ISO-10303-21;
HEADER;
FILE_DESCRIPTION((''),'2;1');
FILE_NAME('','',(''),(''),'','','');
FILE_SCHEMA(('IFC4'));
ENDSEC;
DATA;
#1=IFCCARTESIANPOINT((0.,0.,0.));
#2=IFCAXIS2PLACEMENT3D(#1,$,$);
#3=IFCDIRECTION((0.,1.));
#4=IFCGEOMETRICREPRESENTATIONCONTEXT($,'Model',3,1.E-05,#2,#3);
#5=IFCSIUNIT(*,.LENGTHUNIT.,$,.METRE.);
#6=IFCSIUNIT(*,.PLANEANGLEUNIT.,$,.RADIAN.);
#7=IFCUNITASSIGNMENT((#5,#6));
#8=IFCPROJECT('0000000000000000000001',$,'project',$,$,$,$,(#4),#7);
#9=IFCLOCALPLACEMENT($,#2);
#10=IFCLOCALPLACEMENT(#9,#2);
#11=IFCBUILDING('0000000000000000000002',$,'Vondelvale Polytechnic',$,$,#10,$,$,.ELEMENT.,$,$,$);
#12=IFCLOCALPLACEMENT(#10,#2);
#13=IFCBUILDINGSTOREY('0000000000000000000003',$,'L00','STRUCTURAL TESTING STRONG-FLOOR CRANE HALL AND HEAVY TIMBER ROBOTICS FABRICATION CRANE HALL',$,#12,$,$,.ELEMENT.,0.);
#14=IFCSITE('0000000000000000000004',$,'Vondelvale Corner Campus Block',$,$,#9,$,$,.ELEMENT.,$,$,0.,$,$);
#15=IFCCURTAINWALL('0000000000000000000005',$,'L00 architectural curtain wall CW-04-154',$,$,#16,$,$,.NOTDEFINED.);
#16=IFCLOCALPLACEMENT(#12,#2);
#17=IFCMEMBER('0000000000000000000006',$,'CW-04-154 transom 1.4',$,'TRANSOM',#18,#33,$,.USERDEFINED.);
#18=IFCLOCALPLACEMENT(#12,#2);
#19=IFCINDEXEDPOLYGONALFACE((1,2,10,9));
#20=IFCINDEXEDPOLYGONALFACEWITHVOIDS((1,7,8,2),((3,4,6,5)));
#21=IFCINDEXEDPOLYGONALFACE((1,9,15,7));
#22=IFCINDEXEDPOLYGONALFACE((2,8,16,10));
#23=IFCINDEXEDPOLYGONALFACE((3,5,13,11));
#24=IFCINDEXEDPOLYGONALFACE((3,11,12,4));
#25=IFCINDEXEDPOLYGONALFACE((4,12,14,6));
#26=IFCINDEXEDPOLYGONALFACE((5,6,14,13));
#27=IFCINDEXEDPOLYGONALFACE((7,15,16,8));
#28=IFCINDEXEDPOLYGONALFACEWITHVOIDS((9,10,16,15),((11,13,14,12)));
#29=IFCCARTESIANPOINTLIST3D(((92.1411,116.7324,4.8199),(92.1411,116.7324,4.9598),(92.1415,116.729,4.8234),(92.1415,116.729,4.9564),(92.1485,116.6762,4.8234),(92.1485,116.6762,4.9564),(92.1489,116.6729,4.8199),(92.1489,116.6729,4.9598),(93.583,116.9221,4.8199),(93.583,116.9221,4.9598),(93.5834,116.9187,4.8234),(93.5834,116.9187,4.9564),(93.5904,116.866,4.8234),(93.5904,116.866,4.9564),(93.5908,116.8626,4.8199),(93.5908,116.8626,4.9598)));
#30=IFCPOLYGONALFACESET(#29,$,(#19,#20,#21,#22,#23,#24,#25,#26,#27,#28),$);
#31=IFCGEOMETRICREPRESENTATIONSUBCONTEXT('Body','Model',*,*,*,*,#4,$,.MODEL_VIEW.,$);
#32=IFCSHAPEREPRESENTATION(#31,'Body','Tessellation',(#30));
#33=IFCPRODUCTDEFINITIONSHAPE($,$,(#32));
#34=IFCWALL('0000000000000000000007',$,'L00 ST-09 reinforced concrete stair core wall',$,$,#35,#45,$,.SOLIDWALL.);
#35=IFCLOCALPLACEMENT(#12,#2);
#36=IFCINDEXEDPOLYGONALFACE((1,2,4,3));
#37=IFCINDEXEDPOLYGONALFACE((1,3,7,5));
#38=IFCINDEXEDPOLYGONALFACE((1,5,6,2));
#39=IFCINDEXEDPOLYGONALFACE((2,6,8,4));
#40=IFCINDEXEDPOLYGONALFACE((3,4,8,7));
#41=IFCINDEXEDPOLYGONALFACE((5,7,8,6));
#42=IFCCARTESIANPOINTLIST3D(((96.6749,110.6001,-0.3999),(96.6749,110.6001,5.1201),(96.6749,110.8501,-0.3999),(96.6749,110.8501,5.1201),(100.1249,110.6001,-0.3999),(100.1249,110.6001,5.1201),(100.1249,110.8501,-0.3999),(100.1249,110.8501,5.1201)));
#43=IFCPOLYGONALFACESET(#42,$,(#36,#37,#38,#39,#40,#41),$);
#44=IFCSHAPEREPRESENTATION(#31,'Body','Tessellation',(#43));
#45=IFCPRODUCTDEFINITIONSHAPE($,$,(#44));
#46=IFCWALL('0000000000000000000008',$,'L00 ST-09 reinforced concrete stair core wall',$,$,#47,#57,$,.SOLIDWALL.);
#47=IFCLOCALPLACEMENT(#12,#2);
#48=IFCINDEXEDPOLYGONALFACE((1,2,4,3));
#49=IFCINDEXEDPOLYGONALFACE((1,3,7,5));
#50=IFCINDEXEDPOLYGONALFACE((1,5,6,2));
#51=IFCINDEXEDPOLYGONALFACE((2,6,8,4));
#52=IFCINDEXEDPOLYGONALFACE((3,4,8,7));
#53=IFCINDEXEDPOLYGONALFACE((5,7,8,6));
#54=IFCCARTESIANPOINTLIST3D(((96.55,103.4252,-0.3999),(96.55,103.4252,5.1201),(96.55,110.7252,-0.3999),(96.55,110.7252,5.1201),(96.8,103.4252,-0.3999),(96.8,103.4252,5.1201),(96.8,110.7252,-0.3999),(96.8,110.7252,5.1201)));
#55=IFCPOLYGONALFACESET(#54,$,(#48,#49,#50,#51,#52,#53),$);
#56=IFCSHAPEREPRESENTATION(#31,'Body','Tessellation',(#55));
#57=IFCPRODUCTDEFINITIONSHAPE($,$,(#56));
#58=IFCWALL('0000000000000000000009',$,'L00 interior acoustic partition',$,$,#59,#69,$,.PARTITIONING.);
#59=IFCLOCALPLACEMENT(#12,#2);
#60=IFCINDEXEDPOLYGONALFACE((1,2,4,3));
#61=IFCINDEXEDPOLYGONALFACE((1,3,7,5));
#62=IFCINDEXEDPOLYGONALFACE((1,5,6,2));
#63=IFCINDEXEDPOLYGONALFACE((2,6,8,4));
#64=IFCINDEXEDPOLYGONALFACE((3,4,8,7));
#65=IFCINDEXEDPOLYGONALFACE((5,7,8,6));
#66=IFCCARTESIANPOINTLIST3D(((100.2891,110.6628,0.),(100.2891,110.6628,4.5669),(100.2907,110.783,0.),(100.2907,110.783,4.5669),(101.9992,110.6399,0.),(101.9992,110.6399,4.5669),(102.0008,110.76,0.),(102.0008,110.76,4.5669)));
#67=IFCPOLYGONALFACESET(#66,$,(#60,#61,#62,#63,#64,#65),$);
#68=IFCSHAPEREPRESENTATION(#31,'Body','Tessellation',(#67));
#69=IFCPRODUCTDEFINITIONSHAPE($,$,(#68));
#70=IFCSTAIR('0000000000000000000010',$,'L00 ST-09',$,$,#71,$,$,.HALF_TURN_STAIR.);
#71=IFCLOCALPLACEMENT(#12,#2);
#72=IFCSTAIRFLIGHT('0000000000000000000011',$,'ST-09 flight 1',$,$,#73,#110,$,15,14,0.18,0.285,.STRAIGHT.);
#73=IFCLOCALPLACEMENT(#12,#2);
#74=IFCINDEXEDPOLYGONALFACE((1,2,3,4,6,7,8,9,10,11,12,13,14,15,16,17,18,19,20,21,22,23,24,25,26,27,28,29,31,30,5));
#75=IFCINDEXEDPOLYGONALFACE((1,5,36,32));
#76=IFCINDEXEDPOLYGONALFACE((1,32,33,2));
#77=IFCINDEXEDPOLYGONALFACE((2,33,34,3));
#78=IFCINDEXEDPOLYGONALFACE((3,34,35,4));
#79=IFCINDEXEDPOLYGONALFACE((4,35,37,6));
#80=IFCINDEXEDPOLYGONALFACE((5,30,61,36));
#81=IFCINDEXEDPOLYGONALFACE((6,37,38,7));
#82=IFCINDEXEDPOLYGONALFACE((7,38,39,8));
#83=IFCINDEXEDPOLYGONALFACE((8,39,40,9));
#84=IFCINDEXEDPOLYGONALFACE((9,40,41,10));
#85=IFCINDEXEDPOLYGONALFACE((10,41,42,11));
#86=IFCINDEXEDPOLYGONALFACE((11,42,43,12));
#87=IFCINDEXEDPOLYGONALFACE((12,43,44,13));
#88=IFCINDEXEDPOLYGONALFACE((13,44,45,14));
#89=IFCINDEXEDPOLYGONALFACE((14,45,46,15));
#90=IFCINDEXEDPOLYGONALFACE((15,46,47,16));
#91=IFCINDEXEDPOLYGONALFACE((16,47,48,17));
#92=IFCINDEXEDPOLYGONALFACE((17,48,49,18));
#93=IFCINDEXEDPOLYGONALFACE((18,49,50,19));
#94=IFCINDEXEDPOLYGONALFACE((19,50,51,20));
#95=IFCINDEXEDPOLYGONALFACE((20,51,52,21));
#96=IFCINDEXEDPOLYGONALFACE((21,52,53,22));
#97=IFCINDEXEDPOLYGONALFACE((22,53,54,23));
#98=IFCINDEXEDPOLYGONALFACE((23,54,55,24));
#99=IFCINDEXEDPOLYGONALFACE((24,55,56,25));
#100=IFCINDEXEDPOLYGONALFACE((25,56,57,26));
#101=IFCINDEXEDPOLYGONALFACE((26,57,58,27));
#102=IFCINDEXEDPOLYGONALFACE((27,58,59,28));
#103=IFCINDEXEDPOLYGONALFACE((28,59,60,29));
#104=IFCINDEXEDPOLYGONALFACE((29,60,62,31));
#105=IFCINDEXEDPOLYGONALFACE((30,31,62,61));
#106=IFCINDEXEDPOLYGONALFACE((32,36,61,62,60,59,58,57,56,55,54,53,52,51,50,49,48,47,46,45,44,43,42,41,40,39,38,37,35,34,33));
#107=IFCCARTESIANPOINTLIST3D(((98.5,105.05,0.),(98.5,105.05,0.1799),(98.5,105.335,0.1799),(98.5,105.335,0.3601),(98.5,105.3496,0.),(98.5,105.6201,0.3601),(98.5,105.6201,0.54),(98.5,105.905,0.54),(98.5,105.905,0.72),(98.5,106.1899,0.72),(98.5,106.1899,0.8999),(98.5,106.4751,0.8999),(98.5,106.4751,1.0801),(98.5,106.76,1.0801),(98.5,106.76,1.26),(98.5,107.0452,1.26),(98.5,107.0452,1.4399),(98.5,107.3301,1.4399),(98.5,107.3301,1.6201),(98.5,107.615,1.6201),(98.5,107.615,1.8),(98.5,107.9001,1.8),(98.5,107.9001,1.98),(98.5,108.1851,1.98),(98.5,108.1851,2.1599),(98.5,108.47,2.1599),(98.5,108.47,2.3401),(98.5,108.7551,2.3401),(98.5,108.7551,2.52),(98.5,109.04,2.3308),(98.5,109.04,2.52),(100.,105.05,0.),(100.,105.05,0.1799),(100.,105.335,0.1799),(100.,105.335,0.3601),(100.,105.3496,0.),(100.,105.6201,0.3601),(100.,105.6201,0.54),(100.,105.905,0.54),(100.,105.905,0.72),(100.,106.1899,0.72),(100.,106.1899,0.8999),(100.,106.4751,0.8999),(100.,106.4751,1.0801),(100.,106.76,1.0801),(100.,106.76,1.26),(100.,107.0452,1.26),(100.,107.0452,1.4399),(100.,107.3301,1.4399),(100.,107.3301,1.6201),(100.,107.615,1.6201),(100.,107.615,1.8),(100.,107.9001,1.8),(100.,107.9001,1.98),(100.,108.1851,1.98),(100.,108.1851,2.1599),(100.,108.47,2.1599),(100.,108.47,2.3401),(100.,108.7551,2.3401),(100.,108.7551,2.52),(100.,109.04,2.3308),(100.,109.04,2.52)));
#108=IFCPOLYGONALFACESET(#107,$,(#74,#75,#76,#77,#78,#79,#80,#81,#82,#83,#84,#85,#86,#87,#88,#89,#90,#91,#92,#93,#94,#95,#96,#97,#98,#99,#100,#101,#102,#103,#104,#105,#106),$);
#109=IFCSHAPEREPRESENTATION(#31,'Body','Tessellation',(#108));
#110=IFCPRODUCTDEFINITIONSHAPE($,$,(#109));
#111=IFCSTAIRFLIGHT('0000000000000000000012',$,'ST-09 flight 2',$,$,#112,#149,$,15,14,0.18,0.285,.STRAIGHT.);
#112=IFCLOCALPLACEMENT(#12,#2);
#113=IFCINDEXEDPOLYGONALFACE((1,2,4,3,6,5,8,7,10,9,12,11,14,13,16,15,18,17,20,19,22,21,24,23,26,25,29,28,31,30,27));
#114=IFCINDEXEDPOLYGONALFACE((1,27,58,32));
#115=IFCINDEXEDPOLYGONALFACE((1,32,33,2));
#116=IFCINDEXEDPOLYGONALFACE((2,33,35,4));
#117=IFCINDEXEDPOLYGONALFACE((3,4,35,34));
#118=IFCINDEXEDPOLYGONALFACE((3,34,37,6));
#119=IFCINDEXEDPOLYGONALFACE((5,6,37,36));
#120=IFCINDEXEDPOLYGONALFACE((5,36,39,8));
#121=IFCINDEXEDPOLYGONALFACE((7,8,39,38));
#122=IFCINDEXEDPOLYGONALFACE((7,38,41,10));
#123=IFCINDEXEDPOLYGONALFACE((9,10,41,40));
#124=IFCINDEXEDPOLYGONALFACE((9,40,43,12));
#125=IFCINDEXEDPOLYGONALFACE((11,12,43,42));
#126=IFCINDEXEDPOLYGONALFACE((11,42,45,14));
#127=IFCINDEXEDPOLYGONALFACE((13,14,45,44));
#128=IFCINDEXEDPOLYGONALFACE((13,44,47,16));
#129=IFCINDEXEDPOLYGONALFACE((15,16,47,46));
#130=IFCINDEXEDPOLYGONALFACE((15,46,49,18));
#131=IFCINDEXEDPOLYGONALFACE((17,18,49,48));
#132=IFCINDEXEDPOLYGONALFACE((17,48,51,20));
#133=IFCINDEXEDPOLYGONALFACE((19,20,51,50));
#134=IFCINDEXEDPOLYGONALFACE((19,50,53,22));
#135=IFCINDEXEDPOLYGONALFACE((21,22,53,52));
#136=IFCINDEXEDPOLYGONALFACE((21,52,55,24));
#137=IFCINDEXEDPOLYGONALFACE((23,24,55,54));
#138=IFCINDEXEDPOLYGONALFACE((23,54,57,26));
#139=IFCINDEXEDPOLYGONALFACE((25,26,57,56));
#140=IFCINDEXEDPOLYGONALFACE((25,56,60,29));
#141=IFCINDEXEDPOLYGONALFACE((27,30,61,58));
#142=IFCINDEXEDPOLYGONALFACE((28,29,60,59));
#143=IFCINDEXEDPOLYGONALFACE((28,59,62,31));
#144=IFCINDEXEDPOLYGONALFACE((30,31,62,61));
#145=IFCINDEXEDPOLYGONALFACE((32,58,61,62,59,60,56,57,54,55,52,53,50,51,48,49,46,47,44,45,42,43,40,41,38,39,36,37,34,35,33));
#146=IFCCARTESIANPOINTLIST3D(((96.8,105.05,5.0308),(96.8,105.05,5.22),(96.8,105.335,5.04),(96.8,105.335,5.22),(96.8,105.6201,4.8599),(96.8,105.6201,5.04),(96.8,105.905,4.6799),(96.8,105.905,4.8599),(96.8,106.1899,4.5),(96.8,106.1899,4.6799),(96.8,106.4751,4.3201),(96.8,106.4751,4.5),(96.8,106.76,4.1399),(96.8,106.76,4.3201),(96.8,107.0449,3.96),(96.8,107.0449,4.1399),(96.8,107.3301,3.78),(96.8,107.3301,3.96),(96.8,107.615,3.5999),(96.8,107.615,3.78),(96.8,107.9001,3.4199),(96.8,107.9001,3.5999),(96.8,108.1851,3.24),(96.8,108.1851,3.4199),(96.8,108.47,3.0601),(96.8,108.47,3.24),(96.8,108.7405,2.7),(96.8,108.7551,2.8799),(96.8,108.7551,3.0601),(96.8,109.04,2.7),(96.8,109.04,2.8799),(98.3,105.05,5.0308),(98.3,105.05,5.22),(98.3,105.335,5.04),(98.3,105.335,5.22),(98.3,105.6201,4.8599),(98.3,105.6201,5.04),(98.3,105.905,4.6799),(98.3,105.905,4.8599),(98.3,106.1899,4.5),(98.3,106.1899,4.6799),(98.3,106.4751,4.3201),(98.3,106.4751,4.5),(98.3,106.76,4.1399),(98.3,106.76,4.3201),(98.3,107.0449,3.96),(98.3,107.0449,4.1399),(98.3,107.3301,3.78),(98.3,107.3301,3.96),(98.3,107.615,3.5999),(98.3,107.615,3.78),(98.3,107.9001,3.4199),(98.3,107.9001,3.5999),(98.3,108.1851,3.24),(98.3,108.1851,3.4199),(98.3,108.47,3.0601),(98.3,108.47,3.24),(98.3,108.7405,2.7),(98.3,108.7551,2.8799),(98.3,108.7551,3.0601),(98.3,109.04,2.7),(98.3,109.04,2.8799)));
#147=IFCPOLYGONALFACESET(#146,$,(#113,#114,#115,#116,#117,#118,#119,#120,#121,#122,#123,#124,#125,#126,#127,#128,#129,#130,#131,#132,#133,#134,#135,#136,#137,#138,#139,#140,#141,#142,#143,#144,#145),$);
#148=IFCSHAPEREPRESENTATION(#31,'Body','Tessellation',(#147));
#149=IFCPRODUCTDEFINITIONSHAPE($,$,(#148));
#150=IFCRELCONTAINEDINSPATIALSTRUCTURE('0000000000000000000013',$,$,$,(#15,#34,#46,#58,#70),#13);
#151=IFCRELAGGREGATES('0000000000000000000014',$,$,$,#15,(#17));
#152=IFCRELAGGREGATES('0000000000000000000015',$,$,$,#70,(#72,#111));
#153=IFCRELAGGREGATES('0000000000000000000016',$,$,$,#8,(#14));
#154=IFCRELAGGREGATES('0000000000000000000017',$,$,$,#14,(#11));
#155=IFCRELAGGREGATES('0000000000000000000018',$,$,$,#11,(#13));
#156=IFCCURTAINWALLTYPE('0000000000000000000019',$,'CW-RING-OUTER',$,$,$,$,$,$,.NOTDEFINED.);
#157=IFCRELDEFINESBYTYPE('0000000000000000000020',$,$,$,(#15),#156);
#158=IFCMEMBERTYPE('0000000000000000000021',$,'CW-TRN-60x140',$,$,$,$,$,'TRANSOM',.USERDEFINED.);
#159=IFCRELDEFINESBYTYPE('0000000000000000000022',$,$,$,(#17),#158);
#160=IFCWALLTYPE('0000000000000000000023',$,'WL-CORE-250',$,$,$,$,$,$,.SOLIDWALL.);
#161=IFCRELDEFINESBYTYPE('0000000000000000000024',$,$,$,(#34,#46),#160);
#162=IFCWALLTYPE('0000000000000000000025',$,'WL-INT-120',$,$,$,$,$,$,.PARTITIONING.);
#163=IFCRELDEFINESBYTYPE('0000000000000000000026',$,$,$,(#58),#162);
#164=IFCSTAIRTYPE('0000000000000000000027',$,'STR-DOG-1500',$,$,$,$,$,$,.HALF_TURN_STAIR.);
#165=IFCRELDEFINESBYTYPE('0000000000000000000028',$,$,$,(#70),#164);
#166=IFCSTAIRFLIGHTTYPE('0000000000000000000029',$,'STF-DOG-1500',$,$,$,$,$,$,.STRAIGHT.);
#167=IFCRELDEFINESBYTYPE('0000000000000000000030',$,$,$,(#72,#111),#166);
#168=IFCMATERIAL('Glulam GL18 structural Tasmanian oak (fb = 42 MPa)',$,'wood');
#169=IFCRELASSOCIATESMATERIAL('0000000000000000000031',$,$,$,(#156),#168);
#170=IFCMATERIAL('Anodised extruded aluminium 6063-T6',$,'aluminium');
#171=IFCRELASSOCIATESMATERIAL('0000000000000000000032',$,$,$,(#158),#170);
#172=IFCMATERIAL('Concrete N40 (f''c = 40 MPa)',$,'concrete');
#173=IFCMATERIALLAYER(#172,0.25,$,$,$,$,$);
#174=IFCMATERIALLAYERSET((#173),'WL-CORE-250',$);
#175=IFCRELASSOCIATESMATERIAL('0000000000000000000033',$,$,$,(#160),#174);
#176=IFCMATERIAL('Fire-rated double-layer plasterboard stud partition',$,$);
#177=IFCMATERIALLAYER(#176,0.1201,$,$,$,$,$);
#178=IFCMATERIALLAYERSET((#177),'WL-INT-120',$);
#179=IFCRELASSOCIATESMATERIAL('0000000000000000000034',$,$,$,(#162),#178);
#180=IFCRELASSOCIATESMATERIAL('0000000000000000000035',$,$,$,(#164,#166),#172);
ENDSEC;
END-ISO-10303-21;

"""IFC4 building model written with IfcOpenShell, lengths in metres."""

from ifc_helpers import new_model, si_unit, direction, frame, frame_2d, origin, origin_2d, place, context, subcontext, project, spatial, polyline, rectangle, hollow_rectangle, outline, extrude, material, layer, layer_set, material_profile, profile_set, type_object, element, aggregate, save


model = new_model("IFC4")

# Units and contexts
model_context = context("Model", 3, precision=1e-05, world=origin(), true_north=direction((0.0, 1.0)))
body_context = subcontext(model_context, "Body", "Model", "MODEL_VIEW")
ifc_project = project(units=[si_unit("LENGTHUNIT", "METRE"), si_unit("PLANEANGLEUNIT", "RADIAN")], contexts=[model_context])

# Site, building, storey
site_placement = place(None, origin())
site = spatial("IfcSite", under=ifc_project, at=site_placement, Name="Vondelvale Corner Campus Block", CompositionType="ELEMENT", RefElevation=0.0)
building_placement = place(site_placement, origin())
building = spatial("IfcBuilding", under=site, at=building_placement, Name="Vondelvale Polytechnic", CompositionType="ELEMENT")
storey_placement = place(building_placement, origin())
storey = spatial("IfcBuildingStorey", under=building, at=storey_placement, Name="L00", Description="STRUCTURAL TESTING STRONG-FLOOR CRANE HALL AND HEAVY TIMBER ROBOTICS FABRICATION CRANE HALL", CompositionType="ELEMENT", Elevation=0.0)

# Shared definitions
ifc_material_1 = material(Name="Concrete N40 (f'c = 40 MPa)", Category="concrete")

# Shared definitions
ifc_material_2 = material(Name="Glulam GL18 structural Tasmanian oak (fb = 42 MPa)", Category="wood")

# Shared definitions
curtain_wall_type = type_object("IfcCurtainWallType", Name="CW-RING-OUTER", PredefinedType="NOTDEFINED", material=ifc_material_2)
ifc_material_3 = material(Name="Anodised extruded aluminium 6063-T6", Category="aluminium")

# Curtain wall, member
curtain_wall_1_placement = place(storey_placement, origin())
curtain_wall_1 = element("IfcCurtainWall", 1, at=curtain_wall_1_placement, inside=storey, type_object=curtain_wall_type, Name="L00 architectural curtain wall CW-04-154", PredefinedType="NOTDEFINED")
ifc_material_profile_1 = material_profile(ifc_material_3, hollow_rectangle(XDim=0.0601, YDim=0.1399, WallThickness=0.0034, at=origin_2d()), Name="CW-TRN-140x60")
ifc_profile_set_1 = profile_set([ifc_material_profile_1], Name="Anodised extruded aluminium 6063-T6")
member_type_1 = type_object("IfcMemberType", Name="CW-TRN-60x140", ElementType="TRANSOM", PredefinedType="USERDEFINED", material=ifc_profile_set_1)
member_1_placement = place(storey_placement, frame((93.5869, 116.8923, 4.8899), z_axis=(-0.991457, -0.130437, 0.0), x_axis=(0.130437, -0.991457, 0.0)))
member_1 = element("IfcMember", 2, at=member_1_placement, type_object=member_type_1, Name="CW-04-154 transom 1.4", ObjectType="TRANSOM", PredefinedType="USERDEFINED", context=body_context, shape_type="SweptSolid", body=[
    extrude(hollow_rectangle(XDim=0.0601, YDim=0.1399, WallThickness=0.0034, at=origin_2d()), origin(), (0.0, 0.0, 1.0), 1.4543),
])
aggregate(curtain_wall_1, [member_1])

# Walls
ifc_layer_1 = layer(ifc_material_1, 0.25)
ifc_layer_set_1 = layer_set([ifc_layer_1], Name="WL-CORE-250")
wall_type_1 = type_object("IfcWallType", Name="WL-CORE-250", PredefinedType="SOLIDWALL", material=ifc_layer_set_1)
wall_1_placement = place(storey_placement, frame((100.125, 110.7251, -0.3999), z_axis=(0.0, 0.0, 1.0), x_axis=(-1.0, 0.0, 0.0)))
element("IfcWall", 3, at=wall_1_placement, inside=storey, type_object=wall_type_1, Name="L00 ST-09 reinforced concrete stair core wall", PredefinedType="SOLIDWALL", context=body_context, shape_type="SweptSolid", body=[
    extrude(rectangle(XDim=3.45, YDim=0.25, at=frame_2d((1.7251, 0.0))), origin(), (0.0, 0.0, 1.0), 5.52),
])
wall_2_placement = place(storey_placement, frame((96.675, 110.7251, -0.3999), z_axis=(0.0, 0.0, 1.0), x_axis=(0.0, -1.0, 0.0)))
element("IfcWall", 4, at=wall_2_placement, inside=storey, type_object=wall_type_1, Name="L00 ST-09 reinforced concrete stair core wall", PredefinedType="SOLIDWALL", context=body_context, shape_type="SweptSolid", body=[
    extrude(rectangle(XDim=7.3, YDim=0.25, at=frame_2d((3.6499, 0.0))), origin(), (0.0, 0.0, 1.0), 5.52),
])
ifc_material_4 = material(Name="Fire-rated double-layer plasterboard stud partition")
ifc_layer_2 = layer(ifc_material_4, 0.1201)
ifc_layer_set_2 = layer_set([ifc_layer_2], Name="WL-INT-120")
wall_type_2 = type_object("IfcWallType", Name="WL-INT-120", PredefinedType="PARTITIONING", material=ifc_layer_set_2)
wall_3_placement = place(storey_placement, frame((100.29, 110.7229, 0.0), z_axis=(0.0, 0.0, 1.0), x_axis=(0.99991, -0.01342, 0.0)))
element("IfcWall", 5, at=wall_3_placement, inside=storey, type_object=wall_type_2, Name="L00 interior acoustic partition", PredefinedType="PARTITIONING", context=body_context, shape_type="SweptSolid", body=[
    extrude(rectangle(XDim=1.7102, YDim=0.1201, at=frame_2d((0.855, 0.0))), origin(), (0.0, 0.0, 1.0), 4.5669),
])

# Stair, stair flights
stair_type = type_object("IfcStairType", Name="STR-DOG-1500", PredefinedType="HALF_TURN_STAIR", material=ifc_material_1)
stair_placement = place(storey_placement, origin())
stair = element("IfcStair", 6, at=stair_placement, inside=storey, type_object=stair_type, Name="L00 ST-09", PredefinedType="HALF_TURN_STAIR")
stair_flight_type = type_object("IfcStairFlightType", Name="STF-DOG-1500", PredefinedType="STRAIGHT", material=ifc_material_1)
stair_flight_1_placement = place(storey_placement, frame((99.25, 105.05, 0.0), z_axis=(0.0, 0.0, 1.0), x_axis=(0.0, 1.0, 0.0)))
stair_flight_1 = element("IfcStairFlight", 7, at=stair_flight_1_placement, type_object=stair_flight_type, Name="ST-09 flight 1", NumberOfRisers=15, NumberOfTreads=14, PredefinedType="STRAIGHT", RiserHeight=0.18, TreadLength=0.285, context=body_context, shape_type="SweptSolid", body=[
    extrude(outline(polyline([(0.0, 0.0), (0.0, 0.1799), (0.2849, 0.1799), (0.2849, 0.3601), (0.5701, 0.3601), (0.5701, 0.54), (0.855, 0.54), (0.855, 0.72), (1.1399, 0.72), (1.1399, 0.8999), (1.425, 0.8999), (1.425, 1.0801), (1.71, 1.0801), (1.71, 1.26), (1.9951, 1.26), (1.9951, 1.4399), (2.28, 1.4399), (2.28, 1.6201), (2.5649, 1.6201), (2.5649, 1.8), (2.8501, 1.8), (2.8501, 1.98), (3.135, 1.98), (3.135, 2.1599), (3.4199, 2.1599), (3.4199, 2.3401), (3.7051, 2.3401), (3.7051, 2.52), (3.99, 2.52), (3.99, 2.7), (3.99, 2.3308), (0.2996, 0.0), (0.0, 0.0)])), frame((0.0, 0.75, 0.0), z_axis=(0.0, -1.0, 0.0), x_axis=(1.0, 0.0, 0.0)), (0.0, 0.0, 1.0), 1.5),
])
stair_flight_2_placement = place(storey_placement, frame((97.55, 109.04, 2.7), z_axis=(0.0, 0.0, 1.0), x_axis=(0.0, -1.0, 0.0)))
stair_flight_2 = element("IfcStairFlight", 8, at=stair_flight_2_placement, type_object=stair_flight_type, Name="ST-09 flight 2", NumberOfRisers=15, NumberOfTreads=14, PredefinedType="STRAIGHT", RiserHeight=0.18, TreadLength=0.285, context=body_context, shape_type="SweptSolid", body=[
    extrude(outline(polyline([(0.0, 0.0), (0.0, 0.1799), (0.2849, 0.1799), (0.2849, 0.3601), (0.5701, 0.3601), (0.5701, 0.54), (0.855, 0.54), (0.855, 0.72), (1.1399, 0.72), (1.1399, 0.8999), (1.425, 0.8999), (1.425, 1.0801), (1.71, 1.0801), (1.71, 1.26), (1.9951, 1.26), (1.9951, 1.4399), (2.28, 1.4399), (2.28, 1.6201), (2.5649, 1.6201), (2.5649, 1.8), (2.8501, 1.8), (2.8501, 1.98), (3.135, 1.98), (3.135, 2.1599), (3.4199, 2.1599), (3.4199, 2.3401), (3.7051, 2.3401), (3.7051, 2.52), (3.99, 2.52), (3.99, 2.7), (3.99, 2.3308), (0.2996, 0.0), (0.0, 0.0)])), frame((0.0, 0.75, 0.0), z_axis=(0.0, -1.0, 0.0), x_axis=(1.0, 0.0, 0.0)), (0.0, 0.0, 1.0), 1.5),
])
aggregate(stair, [stair_flight_1, stair_flight_2])

save(model, "model.ifc")
